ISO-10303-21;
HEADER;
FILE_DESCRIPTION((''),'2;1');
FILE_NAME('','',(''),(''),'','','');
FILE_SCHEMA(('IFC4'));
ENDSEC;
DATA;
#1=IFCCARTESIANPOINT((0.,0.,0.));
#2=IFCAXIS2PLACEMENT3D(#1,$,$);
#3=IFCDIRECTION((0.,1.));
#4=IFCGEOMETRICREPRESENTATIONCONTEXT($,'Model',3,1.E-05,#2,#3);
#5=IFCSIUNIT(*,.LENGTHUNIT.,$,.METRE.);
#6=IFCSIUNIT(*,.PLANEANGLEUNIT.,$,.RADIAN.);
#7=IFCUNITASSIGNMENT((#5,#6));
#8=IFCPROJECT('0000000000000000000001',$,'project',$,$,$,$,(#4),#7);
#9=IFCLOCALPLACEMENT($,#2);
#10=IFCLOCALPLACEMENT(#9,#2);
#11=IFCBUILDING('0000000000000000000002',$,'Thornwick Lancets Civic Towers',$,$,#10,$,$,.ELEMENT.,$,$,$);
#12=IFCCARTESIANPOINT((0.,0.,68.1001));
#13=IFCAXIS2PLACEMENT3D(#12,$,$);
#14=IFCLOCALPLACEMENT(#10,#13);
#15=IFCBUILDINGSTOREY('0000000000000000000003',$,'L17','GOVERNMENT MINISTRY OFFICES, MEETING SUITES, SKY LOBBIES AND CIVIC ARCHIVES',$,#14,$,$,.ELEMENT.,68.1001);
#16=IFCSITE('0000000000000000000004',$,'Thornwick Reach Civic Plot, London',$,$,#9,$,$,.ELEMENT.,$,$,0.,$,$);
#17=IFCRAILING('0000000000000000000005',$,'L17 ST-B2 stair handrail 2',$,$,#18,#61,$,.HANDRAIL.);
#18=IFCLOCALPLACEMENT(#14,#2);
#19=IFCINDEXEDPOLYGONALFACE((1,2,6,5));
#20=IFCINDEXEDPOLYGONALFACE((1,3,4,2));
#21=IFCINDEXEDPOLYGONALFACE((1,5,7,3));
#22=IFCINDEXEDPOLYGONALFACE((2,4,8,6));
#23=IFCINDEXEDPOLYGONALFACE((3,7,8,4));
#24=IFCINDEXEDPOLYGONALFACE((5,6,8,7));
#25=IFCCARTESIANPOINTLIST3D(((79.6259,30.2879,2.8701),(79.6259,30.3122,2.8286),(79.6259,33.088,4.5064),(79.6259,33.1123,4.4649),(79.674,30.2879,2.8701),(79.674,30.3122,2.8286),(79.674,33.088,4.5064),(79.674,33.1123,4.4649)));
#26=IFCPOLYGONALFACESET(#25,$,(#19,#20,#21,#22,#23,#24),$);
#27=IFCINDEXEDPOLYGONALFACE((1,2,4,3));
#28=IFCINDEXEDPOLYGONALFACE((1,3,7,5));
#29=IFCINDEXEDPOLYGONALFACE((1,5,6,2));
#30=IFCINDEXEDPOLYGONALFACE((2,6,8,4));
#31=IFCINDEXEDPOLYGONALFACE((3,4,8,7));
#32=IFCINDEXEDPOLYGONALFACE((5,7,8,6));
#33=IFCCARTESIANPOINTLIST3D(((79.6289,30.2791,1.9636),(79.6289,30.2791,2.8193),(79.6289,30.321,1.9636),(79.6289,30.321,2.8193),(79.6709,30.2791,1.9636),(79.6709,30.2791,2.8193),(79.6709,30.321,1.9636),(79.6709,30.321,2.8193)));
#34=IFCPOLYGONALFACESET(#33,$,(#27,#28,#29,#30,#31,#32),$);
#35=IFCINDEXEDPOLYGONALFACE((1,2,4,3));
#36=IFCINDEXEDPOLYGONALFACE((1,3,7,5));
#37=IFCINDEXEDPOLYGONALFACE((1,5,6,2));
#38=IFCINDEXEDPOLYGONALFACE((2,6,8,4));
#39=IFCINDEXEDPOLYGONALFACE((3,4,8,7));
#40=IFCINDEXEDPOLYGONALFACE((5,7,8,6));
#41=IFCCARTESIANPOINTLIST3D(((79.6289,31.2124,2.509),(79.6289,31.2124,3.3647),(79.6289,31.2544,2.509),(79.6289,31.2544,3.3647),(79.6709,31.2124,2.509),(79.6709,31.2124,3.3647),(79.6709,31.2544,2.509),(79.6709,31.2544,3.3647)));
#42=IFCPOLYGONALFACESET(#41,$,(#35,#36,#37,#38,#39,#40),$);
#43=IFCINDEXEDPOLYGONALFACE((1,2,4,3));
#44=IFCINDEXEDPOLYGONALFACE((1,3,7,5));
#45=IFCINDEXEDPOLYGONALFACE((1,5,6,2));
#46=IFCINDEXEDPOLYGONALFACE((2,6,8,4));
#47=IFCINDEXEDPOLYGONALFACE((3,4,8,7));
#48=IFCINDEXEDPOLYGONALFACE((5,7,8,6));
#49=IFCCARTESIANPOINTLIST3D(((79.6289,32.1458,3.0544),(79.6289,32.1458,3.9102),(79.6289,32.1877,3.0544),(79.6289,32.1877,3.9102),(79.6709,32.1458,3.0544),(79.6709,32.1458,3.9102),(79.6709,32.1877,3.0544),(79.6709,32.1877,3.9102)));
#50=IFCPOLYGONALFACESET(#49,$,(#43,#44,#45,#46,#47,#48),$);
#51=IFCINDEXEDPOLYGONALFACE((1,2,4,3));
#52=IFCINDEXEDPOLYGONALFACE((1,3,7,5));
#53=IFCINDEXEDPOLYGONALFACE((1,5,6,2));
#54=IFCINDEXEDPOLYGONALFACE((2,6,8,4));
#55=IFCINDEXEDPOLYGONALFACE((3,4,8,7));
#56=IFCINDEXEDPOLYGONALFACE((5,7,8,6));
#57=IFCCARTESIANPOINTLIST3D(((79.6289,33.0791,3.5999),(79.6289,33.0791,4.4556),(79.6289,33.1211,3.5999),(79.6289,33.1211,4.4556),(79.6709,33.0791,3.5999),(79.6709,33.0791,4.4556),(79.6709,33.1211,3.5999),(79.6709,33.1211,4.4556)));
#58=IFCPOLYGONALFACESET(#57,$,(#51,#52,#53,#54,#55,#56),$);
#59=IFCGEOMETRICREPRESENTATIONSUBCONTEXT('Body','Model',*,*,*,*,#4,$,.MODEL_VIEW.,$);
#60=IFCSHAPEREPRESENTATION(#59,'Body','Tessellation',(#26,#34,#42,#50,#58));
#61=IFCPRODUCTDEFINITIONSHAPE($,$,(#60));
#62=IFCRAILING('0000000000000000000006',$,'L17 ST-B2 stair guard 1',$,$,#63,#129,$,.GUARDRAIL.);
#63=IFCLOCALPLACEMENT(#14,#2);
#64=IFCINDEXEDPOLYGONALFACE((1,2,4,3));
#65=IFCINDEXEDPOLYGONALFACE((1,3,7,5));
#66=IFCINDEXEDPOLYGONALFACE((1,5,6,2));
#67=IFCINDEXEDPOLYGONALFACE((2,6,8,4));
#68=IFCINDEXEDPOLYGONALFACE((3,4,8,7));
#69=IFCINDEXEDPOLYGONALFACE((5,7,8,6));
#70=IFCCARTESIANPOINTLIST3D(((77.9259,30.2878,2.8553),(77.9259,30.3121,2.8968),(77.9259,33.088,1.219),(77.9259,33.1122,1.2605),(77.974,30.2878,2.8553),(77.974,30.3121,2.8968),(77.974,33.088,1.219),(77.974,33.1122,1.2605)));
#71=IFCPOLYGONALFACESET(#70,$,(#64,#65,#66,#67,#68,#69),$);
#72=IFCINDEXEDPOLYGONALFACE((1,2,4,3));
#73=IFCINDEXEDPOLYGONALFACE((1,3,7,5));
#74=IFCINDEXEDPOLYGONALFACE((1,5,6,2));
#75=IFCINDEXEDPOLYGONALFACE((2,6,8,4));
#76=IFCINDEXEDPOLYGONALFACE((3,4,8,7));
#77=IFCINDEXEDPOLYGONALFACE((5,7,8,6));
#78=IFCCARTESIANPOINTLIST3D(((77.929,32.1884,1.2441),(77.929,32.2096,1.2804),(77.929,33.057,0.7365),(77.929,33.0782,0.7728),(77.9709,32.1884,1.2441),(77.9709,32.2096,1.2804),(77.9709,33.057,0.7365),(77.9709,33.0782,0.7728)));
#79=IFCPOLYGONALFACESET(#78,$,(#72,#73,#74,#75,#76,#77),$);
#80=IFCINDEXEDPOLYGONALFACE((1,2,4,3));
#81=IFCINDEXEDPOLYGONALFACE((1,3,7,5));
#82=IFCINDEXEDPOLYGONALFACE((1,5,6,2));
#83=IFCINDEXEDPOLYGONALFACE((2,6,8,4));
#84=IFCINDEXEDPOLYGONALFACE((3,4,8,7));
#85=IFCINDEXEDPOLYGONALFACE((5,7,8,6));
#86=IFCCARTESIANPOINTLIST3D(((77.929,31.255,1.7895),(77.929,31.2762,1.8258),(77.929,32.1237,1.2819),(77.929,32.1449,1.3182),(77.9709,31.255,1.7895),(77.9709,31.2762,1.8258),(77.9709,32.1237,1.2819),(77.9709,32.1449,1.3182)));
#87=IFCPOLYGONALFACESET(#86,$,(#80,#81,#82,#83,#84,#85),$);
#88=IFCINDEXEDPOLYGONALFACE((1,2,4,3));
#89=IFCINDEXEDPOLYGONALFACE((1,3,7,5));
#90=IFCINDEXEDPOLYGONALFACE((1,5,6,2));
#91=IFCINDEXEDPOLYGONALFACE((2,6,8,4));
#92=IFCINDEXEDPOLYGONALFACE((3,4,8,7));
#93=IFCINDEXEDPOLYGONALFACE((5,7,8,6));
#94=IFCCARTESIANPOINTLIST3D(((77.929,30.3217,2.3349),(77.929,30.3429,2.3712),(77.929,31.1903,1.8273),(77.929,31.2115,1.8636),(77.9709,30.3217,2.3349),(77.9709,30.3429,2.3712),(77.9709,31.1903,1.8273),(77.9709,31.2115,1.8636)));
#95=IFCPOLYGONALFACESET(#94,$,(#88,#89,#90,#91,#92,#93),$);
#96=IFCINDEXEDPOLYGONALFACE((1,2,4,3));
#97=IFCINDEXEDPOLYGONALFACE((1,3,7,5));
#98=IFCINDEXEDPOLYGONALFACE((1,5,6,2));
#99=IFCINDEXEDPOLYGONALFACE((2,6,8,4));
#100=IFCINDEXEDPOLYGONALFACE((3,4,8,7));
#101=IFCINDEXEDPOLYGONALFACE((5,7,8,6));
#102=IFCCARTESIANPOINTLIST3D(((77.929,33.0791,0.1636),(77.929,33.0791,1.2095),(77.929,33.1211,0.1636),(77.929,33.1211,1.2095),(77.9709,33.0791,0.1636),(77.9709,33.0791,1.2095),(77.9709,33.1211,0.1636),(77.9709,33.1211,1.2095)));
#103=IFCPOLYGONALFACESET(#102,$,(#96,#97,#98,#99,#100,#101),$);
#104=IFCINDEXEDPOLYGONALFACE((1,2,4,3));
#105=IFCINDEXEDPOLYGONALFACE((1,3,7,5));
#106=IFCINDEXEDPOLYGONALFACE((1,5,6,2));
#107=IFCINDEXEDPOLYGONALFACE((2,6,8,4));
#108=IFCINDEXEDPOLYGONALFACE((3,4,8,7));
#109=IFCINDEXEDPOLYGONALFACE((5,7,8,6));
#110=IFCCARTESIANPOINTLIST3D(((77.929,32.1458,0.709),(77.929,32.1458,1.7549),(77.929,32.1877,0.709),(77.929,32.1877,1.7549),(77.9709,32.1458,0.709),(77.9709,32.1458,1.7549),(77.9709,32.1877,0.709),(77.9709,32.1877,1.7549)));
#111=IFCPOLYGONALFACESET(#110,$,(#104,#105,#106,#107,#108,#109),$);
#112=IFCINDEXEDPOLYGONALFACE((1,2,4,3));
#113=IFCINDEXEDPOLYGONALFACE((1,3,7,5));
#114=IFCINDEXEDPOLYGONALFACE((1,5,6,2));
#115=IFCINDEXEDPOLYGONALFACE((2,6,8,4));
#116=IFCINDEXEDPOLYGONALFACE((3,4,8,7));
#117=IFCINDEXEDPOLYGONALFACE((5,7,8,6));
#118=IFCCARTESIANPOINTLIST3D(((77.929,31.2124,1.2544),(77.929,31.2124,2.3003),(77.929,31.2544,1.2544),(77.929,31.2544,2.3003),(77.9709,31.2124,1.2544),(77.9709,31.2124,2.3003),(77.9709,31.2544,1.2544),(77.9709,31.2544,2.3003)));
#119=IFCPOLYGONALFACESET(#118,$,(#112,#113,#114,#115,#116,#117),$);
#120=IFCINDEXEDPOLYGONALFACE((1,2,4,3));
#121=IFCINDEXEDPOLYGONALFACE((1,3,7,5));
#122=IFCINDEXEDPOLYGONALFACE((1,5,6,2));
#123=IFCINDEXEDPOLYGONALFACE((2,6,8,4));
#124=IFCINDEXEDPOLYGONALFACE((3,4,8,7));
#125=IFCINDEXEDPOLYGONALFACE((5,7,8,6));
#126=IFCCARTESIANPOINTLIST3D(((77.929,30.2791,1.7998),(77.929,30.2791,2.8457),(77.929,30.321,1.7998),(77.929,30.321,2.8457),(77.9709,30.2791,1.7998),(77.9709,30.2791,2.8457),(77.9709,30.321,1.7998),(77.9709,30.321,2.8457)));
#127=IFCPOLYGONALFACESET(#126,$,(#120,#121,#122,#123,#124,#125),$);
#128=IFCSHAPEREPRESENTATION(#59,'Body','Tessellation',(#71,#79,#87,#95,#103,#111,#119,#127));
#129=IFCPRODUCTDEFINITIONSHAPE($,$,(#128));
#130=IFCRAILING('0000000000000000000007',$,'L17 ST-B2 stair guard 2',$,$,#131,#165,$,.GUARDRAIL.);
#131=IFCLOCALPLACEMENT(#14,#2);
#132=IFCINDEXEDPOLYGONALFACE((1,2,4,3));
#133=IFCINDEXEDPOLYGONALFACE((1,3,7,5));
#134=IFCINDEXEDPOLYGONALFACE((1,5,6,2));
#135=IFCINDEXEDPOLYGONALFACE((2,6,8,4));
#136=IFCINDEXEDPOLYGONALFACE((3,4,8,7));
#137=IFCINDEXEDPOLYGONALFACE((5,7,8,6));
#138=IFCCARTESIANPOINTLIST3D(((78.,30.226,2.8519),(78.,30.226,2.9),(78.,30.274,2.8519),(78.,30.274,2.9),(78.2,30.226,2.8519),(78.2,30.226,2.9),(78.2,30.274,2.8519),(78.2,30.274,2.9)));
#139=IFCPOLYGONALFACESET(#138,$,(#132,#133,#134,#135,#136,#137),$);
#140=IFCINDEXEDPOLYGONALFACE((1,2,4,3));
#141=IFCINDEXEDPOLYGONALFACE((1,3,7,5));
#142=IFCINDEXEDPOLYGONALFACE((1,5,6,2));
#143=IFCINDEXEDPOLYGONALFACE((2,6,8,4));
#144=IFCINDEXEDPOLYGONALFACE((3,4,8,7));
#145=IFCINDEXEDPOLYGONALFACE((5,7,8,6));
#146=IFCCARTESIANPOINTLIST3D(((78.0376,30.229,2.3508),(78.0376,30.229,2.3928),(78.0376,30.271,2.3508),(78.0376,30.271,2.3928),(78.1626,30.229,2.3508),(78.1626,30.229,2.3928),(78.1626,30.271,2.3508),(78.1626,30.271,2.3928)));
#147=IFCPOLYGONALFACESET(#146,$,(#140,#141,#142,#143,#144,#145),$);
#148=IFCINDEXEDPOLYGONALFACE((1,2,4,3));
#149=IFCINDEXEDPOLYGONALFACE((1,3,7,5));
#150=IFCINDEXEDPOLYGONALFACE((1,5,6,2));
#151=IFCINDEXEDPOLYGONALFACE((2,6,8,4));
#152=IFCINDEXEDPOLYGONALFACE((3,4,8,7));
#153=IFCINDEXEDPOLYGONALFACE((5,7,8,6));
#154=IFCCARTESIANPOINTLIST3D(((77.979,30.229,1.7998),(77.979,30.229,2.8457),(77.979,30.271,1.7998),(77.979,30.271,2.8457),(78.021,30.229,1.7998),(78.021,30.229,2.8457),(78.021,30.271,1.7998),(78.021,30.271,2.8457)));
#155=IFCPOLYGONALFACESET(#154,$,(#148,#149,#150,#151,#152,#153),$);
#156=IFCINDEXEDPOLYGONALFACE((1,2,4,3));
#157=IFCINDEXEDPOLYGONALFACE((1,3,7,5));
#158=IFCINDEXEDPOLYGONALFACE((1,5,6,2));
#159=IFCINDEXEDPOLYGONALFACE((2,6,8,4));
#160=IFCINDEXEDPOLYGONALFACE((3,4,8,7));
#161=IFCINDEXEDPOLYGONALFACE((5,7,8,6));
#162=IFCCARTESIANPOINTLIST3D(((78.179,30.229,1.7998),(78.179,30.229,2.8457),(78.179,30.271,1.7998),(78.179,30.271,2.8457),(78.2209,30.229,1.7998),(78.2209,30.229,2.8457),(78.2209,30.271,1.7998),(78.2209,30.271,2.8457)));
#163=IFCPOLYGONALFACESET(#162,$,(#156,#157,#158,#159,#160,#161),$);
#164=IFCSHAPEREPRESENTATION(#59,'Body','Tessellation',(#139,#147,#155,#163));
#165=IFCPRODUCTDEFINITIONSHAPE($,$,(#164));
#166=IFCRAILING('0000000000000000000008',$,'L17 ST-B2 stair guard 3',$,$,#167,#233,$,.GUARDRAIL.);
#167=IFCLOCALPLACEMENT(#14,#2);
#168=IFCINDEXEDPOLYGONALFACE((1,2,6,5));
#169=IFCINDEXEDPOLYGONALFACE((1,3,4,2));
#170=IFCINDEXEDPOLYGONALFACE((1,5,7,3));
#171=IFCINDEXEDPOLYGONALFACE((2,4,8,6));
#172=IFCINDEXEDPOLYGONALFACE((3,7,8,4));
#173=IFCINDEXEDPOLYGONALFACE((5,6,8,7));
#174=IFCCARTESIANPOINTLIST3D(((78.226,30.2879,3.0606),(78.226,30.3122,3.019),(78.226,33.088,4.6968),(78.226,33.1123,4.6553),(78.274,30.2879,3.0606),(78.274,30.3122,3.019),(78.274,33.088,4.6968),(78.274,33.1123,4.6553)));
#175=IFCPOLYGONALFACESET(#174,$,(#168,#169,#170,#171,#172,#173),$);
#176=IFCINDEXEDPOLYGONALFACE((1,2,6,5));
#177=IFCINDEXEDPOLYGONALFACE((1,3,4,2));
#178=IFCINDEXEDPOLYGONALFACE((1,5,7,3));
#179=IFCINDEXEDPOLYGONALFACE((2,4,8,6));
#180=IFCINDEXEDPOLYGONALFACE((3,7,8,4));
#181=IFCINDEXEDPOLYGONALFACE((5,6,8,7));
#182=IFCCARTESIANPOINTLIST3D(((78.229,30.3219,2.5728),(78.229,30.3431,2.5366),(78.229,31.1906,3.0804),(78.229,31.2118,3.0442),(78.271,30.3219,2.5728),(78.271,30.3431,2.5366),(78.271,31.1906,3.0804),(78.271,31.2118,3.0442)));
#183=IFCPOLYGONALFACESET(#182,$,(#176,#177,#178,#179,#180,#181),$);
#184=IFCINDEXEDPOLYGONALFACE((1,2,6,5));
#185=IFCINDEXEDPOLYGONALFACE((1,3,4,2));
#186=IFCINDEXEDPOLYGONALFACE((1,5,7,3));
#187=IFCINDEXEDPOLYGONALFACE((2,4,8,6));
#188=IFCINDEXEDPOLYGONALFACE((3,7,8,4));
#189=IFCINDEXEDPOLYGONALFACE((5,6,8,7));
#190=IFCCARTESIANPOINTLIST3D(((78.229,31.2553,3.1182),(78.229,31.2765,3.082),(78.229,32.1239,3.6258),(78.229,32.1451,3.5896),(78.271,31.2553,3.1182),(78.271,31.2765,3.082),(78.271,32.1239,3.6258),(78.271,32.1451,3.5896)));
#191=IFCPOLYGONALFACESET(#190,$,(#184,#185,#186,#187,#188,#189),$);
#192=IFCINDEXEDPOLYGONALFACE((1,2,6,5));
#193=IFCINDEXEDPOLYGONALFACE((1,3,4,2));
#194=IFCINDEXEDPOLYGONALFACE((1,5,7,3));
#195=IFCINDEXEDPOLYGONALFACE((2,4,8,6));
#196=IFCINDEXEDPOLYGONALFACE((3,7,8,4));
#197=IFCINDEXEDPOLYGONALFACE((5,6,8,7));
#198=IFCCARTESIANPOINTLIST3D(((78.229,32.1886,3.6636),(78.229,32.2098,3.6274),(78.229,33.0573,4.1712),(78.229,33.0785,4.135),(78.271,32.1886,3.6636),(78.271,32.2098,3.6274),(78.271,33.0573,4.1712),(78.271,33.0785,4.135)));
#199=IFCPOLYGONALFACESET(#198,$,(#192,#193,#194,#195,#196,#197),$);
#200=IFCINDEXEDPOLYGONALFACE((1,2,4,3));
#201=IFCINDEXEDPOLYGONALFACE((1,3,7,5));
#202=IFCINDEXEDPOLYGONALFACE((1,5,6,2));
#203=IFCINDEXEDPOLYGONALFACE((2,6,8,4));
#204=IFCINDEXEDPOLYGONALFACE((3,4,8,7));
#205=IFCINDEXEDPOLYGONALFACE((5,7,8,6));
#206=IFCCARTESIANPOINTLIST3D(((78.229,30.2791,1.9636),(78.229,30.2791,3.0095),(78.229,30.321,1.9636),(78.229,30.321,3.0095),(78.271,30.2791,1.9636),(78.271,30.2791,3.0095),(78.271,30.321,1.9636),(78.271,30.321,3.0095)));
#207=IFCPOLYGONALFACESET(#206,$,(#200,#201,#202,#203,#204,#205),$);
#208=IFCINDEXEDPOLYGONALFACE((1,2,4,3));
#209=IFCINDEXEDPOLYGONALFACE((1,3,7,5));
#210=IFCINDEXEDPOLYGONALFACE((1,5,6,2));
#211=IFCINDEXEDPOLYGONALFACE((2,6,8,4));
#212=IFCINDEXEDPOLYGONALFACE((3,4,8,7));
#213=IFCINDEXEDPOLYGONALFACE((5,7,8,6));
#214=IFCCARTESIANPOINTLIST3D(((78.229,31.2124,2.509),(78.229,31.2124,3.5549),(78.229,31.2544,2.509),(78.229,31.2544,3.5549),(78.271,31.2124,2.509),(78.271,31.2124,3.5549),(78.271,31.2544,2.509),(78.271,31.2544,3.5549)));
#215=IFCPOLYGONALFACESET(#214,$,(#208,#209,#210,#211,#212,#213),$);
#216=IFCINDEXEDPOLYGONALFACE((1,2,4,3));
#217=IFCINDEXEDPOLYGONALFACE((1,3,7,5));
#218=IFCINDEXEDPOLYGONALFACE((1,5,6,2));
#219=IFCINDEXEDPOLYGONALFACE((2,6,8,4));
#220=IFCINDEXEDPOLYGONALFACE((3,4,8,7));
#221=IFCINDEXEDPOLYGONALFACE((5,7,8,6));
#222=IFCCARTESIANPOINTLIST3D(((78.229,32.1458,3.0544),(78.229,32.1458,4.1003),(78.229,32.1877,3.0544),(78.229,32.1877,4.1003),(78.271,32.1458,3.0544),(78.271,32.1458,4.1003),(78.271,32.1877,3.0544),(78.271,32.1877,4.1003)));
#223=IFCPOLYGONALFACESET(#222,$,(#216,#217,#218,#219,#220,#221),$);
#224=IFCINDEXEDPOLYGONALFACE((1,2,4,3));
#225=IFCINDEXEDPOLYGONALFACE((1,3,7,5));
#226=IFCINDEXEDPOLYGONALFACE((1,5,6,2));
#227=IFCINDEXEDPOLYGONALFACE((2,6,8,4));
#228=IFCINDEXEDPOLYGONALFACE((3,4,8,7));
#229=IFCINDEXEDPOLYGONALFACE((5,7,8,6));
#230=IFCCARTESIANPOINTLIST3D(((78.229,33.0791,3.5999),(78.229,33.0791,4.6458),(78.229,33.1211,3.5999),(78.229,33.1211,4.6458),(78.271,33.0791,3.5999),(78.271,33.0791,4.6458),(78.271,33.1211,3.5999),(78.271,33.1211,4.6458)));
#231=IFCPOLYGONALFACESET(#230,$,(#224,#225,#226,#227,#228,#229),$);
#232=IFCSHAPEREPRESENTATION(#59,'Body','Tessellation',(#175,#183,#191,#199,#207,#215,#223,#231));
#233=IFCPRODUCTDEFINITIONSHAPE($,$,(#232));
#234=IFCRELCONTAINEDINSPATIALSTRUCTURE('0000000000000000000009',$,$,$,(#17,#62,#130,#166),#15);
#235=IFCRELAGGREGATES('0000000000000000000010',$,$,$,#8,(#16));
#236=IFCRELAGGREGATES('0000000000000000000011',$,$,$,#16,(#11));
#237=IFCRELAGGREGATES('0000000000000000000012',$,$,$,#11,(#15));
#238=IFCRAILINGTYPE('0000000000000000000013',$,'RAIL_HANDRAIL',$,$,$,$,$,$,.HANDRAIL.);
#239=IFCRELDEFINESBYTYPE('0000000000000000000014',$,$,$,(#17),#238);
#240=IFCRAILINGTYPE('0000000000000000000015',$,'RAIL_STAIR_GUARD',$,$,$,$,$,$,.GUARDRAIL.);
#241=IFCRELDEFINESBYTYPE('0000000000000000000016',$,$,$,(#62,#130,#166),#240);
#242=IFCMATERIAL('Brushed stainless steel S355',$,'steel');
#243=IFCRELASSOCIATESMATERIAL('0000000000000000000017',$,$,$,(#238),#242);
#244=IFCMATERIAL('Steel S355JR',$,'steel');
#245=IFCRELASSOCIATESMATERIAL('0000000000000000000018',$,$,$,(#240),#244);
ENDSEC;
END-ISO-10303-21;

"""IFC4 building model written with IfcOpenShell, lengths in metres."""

from ifc_helpers import new_model, si_unit, direction, frame, origin, origin_2d, place, context, subcontext, project, spatial, rectangle, extrude, material, type_object, element, save


model = new_model("IFC4")

# Units and contexts
model_context = context("Model", 3, precision=1e-05, world=origin(), true_north=direction((0.0, 1.0)))
body_context = subcontext(model_context, "Body", "Model", "MODEL_VIEW")
ifc_project = project(units=[si_unit("LENGTHUNIT", "METRE"), si_unit("PLANEANGLEUNIT", "RADIAN")], contexts=[model_context])

# Site, building, storey
site_placement = place(None, origin())
site = spatial("IfcSite", under=ifc_project, at=site_placement, Name="Thornwick Reach Civic Plot, London", CompositionType="ELEMENT", RefElevation=0.0)
building_placement = place(site_placement, origin())
building = spatial("IfcBuilding", under=site, at=building_placement, Name="Thornwick Lancets Civic Towers", CompositionType="ELEMENT")
storey_placement = place(building_placement, frame((0.0, 0.0, 68.1001)))
storey = spatial("IfcBuildingStorey", under=building, at=storey_placement, Name="L17", Description="GOVERNMENT MINISTRY OFFICES, MEETING SUITES, SKY LOBBIES AND CIVIC ARCHIVES", CompositionType="ELEMENT", Elevation=68.1001)

# Shared definitions
ifc_material_1 = material(Name="Steel S355JR", Category="steel")

# Railings
ifc_material_2 = material(Name="Brushed stainless steel S355", Category="steel")
railing_type_1 = type_object("IfcRailingType", Name="RAIL_HANDRAIL", PredefinedType="HANDRAIL", material=ifc_material_2)
railing_1_placement = place(storey_placement, frame((79.6499, 30.3, 1.9636)))
element("IfcRailing", 1, at=railing_1_placement, inside=storey, type_object=railing_type_1, Name="L17 ST-B2 stair handrail 2", PredefinedType="HANDRAIL", context=body_context, shape_type="SweptSolid", body=[
    extrude(rectangle(XDim=0.0481, YDim=0.0481, at=origin_2d()), frame((0.0, 0.0, 0.8857), z_axis=(0.0, 0.863394, 0.504531), x_axis=(-1.0, 0.0, 0.0)), (0.0, 0.0, 1.0), 3.2432),
    extrude(rectangle(XDim=0.042, YDim=0.042, at=origin_2d()), origin(), (0.0, 0.0, 1.0), 0.8557),
    extrude(rectangle(XDim=0.042, YDim=0.042, at=origin_2d()), frame((0.0, 0.9333, 0.5454)), (0.0, 0.0, 1.0), 0.8557),
    extrude(rectangle(XDim=0.042, YDim=0.042, at=origin_2d()), frame((0.0, 1.8667, 1.0908)), (0.0, 0.0, 1.0), 0.8557),
    extrude(rectangle(XDim=0.042, YDim=0.042, at=origin_2d()), frame((0.0, 2.8, 1.6362)), (0.0, 0.0, 1.0), 0.8557),
])
railing_type_2 = type_object("IfcRailingType", Name="RAIL_STAIR_GUARD", PredefinedType="GUARDRAIL", material=ifc_material_1)
railing_2_placement = place(storey_placement, frame((77.95, 33.1001, 0.1636)))
element("IfcRailing", 2, at=railing_2_placement, inside=storey, type_object=railing_type_2, Name="L17 ST-B2 stair guard 1", PredefinedType="GUARDRAIL", context=body_context, shape_type="SweptSolid", body=[
    extrude(rectangle(XDim=0.0481, YDim=0.0481, at=origin_2d()), frame((0.0, 0.0, 1.0762), z_axis=(0.0, -0.863394, 0.504531), x_axis=(1.0, 0.0, 0.0)), (0.0, 0.0, 1.0), 3.2432),
    extrude(rectangle(XDim=0.042, YDim=0.042, at=origin_2d()), frame((0.0, -0.0325, 0.5911), z_axis=(0.0, -0.863394, 0.504531), x_axis=(1.0, 0.0, 0.0)), (0.0, 0.0, 1.0), 1.0061),
    extrude(rectangle(XDim=0.042, YDim=0.042, at=origin_2d()), frame((0.0, -0.9658, 1.1365), z_axis=(0.0, -0.863394, 0.504531), x_axis=(1.0, 0.0, 0.0)), (0.0, 0.0, 1.0), 1.0061),
    extrude(rectangle(XDim=0.042, YDim=0.042, at=origin_2d()), frame((0.0, -1.8992, 1.6819), z_axis=(0.0, -0.863394, 0.504531), x_axis=(1.0, 0.0, 0.0)), (0.0, 0.0, 1.0), 1.0061),
    extrude(rectangle(XDim=0.042, YDim=0.042, at=origin_2d()), origin(), (0.0, 0.0, 1.0), 1.0459),
    extrude(rectangle(XDim=0.042, YDim=0.042, at=origin_2d()), frame((0.0, -0.9333, 0.5454)), (0.0, 0.0, 1.0), 1.0459),
    extrude(rectangle(XDim=0.042, YDim=0.042, at=origin_2d()), frame((0.0, -1.8667, 1.0908)), (0.0, 0.0, 1.0), 1.0459),
    extrude(rectangle(XDim=0.042, YDim=0.042, at=origin_2d()), frame((0.0, -2.8, 1.6362)), (0.0, 0.0, 1.0), 1.0459),
])
railing_3_placement = place(storey_placement, frame((78.0, 30.25, 1.7998)))
element("IfcRailing", 3, at=railing_3_placement, inside=storey, type_object=railing_type_2, Name="L17 ST-B2 stair guard 2", PredefinedType="GUARDRAIL", context=body_context, shape_type="SweptSolid", body=[
    extrude(rectangle(XDim=0.0481, YDim=0.0481, at=origin_2d()), frame((0.0, 0.0, 1.0762), z_axis=(1.0, 0.0, 0.0), x_axis=(0.0, 1.0, 0.0)), (0.0, 0.0, 1.0), 0.2),
    extrude(rectangle(XDim=0.042, YDim=0.042, at=origin_2d()), frame((0.0376, 0.0, 0.572), z_axis=(1.0, 0.0, 0.0), x_axis=(0.0, 1.0, 0.0)), (0.0, 0.0, 1.0), 0.125),
    extrude(rectangle(XDim=0.042, YDim=0.042, at=origin_2d()), origin(), (0.0, 0.0, 1.0), 1.0459),
    extrude(rectangle(XDim=0.042, YDim=0.042, at=origin_2d()), frame((0.2, 0.0, 0.0)), (0.0, 0.0, 1.0), 1.0459),
])
railing_4_placement = place(storey_placement, frame((78.25, 30.3, 1.9636)))
element("IfcRailing", 4, at=railing_4_placement, inside=storey, type_object=railing_type_2, Name="L17 ST-B2 stair guard 3", PredefinedType="GUARDRAIL", context=body_context, shape_type="SweptSolid", body=[
    extrude(rectangle(XDim=0.0481, YDim=0.0481, at=origin_2d()), frame((0.0, 0.0, 1.0762), z_axis=(0.0, 0.863394, 0.504531), x_axis=(-1.0, 0.0, 0.0)), (0.0, 0.0, 1.0), 3.2432),
    extrude(rectangle(XDim=0.042, YDim=0.042, at=origin_2d()), frame((0.0, 0.0325, 0.5911), z_axis=(0.0, 0.863394, 0.504531), x_axis=(-1.0, 0.0, 0.0)), (0.0, 0.0, 1.0), 1.0061),
    extrude(rectangle(XDim=0.042, YDim=0.042, at=origin_2d()), frame((0.0, 0.9658, 1.1365), z_axis=(0.0, 0.863394, 0.504531), x_axis=(-1.0, 0.0, 0.0)), (0.0, 0.0, 1.0), 1.0061),
    extrude(rectangle(XDim=0.042, YDim=0.042, at=origin_2d()), frame((0.0, 1.8992, 1.6819), z_axis=(0.0, 0.863394, 0.504531), x_axis=(-1.0, 0.0, 0.0)), (0.0, 0.0, 1.0), 1.0061),
    extrude(rectangle(XDim=0.042, YDim=0.042, at=origin_2d()), origin(), (0.0, 0.0, 1.0), 1.0459),
    extrude(rectangle(XDim=0.042, YDim=0.042, at=origin_2d()), frame((0.0, 0.9333, 0.5454)), (0.0, 0.0, 1.0), 1.0459),
    extrude(rectangle(XDim=0.042, YDim=0.042, at=origin_2d()), frame((0.0, 1.8667, 1.0908)), (0.0, 0.0, 1.0), 1.0459),
    extrude(rectangle(XDim=0.042, YDim=0.042, at=origin_2d()), frame((0.0, 2.8, 1.6362)), (0.0, 0.0, 1.0), 1.0459),
])

save(model, "model.ifc")
